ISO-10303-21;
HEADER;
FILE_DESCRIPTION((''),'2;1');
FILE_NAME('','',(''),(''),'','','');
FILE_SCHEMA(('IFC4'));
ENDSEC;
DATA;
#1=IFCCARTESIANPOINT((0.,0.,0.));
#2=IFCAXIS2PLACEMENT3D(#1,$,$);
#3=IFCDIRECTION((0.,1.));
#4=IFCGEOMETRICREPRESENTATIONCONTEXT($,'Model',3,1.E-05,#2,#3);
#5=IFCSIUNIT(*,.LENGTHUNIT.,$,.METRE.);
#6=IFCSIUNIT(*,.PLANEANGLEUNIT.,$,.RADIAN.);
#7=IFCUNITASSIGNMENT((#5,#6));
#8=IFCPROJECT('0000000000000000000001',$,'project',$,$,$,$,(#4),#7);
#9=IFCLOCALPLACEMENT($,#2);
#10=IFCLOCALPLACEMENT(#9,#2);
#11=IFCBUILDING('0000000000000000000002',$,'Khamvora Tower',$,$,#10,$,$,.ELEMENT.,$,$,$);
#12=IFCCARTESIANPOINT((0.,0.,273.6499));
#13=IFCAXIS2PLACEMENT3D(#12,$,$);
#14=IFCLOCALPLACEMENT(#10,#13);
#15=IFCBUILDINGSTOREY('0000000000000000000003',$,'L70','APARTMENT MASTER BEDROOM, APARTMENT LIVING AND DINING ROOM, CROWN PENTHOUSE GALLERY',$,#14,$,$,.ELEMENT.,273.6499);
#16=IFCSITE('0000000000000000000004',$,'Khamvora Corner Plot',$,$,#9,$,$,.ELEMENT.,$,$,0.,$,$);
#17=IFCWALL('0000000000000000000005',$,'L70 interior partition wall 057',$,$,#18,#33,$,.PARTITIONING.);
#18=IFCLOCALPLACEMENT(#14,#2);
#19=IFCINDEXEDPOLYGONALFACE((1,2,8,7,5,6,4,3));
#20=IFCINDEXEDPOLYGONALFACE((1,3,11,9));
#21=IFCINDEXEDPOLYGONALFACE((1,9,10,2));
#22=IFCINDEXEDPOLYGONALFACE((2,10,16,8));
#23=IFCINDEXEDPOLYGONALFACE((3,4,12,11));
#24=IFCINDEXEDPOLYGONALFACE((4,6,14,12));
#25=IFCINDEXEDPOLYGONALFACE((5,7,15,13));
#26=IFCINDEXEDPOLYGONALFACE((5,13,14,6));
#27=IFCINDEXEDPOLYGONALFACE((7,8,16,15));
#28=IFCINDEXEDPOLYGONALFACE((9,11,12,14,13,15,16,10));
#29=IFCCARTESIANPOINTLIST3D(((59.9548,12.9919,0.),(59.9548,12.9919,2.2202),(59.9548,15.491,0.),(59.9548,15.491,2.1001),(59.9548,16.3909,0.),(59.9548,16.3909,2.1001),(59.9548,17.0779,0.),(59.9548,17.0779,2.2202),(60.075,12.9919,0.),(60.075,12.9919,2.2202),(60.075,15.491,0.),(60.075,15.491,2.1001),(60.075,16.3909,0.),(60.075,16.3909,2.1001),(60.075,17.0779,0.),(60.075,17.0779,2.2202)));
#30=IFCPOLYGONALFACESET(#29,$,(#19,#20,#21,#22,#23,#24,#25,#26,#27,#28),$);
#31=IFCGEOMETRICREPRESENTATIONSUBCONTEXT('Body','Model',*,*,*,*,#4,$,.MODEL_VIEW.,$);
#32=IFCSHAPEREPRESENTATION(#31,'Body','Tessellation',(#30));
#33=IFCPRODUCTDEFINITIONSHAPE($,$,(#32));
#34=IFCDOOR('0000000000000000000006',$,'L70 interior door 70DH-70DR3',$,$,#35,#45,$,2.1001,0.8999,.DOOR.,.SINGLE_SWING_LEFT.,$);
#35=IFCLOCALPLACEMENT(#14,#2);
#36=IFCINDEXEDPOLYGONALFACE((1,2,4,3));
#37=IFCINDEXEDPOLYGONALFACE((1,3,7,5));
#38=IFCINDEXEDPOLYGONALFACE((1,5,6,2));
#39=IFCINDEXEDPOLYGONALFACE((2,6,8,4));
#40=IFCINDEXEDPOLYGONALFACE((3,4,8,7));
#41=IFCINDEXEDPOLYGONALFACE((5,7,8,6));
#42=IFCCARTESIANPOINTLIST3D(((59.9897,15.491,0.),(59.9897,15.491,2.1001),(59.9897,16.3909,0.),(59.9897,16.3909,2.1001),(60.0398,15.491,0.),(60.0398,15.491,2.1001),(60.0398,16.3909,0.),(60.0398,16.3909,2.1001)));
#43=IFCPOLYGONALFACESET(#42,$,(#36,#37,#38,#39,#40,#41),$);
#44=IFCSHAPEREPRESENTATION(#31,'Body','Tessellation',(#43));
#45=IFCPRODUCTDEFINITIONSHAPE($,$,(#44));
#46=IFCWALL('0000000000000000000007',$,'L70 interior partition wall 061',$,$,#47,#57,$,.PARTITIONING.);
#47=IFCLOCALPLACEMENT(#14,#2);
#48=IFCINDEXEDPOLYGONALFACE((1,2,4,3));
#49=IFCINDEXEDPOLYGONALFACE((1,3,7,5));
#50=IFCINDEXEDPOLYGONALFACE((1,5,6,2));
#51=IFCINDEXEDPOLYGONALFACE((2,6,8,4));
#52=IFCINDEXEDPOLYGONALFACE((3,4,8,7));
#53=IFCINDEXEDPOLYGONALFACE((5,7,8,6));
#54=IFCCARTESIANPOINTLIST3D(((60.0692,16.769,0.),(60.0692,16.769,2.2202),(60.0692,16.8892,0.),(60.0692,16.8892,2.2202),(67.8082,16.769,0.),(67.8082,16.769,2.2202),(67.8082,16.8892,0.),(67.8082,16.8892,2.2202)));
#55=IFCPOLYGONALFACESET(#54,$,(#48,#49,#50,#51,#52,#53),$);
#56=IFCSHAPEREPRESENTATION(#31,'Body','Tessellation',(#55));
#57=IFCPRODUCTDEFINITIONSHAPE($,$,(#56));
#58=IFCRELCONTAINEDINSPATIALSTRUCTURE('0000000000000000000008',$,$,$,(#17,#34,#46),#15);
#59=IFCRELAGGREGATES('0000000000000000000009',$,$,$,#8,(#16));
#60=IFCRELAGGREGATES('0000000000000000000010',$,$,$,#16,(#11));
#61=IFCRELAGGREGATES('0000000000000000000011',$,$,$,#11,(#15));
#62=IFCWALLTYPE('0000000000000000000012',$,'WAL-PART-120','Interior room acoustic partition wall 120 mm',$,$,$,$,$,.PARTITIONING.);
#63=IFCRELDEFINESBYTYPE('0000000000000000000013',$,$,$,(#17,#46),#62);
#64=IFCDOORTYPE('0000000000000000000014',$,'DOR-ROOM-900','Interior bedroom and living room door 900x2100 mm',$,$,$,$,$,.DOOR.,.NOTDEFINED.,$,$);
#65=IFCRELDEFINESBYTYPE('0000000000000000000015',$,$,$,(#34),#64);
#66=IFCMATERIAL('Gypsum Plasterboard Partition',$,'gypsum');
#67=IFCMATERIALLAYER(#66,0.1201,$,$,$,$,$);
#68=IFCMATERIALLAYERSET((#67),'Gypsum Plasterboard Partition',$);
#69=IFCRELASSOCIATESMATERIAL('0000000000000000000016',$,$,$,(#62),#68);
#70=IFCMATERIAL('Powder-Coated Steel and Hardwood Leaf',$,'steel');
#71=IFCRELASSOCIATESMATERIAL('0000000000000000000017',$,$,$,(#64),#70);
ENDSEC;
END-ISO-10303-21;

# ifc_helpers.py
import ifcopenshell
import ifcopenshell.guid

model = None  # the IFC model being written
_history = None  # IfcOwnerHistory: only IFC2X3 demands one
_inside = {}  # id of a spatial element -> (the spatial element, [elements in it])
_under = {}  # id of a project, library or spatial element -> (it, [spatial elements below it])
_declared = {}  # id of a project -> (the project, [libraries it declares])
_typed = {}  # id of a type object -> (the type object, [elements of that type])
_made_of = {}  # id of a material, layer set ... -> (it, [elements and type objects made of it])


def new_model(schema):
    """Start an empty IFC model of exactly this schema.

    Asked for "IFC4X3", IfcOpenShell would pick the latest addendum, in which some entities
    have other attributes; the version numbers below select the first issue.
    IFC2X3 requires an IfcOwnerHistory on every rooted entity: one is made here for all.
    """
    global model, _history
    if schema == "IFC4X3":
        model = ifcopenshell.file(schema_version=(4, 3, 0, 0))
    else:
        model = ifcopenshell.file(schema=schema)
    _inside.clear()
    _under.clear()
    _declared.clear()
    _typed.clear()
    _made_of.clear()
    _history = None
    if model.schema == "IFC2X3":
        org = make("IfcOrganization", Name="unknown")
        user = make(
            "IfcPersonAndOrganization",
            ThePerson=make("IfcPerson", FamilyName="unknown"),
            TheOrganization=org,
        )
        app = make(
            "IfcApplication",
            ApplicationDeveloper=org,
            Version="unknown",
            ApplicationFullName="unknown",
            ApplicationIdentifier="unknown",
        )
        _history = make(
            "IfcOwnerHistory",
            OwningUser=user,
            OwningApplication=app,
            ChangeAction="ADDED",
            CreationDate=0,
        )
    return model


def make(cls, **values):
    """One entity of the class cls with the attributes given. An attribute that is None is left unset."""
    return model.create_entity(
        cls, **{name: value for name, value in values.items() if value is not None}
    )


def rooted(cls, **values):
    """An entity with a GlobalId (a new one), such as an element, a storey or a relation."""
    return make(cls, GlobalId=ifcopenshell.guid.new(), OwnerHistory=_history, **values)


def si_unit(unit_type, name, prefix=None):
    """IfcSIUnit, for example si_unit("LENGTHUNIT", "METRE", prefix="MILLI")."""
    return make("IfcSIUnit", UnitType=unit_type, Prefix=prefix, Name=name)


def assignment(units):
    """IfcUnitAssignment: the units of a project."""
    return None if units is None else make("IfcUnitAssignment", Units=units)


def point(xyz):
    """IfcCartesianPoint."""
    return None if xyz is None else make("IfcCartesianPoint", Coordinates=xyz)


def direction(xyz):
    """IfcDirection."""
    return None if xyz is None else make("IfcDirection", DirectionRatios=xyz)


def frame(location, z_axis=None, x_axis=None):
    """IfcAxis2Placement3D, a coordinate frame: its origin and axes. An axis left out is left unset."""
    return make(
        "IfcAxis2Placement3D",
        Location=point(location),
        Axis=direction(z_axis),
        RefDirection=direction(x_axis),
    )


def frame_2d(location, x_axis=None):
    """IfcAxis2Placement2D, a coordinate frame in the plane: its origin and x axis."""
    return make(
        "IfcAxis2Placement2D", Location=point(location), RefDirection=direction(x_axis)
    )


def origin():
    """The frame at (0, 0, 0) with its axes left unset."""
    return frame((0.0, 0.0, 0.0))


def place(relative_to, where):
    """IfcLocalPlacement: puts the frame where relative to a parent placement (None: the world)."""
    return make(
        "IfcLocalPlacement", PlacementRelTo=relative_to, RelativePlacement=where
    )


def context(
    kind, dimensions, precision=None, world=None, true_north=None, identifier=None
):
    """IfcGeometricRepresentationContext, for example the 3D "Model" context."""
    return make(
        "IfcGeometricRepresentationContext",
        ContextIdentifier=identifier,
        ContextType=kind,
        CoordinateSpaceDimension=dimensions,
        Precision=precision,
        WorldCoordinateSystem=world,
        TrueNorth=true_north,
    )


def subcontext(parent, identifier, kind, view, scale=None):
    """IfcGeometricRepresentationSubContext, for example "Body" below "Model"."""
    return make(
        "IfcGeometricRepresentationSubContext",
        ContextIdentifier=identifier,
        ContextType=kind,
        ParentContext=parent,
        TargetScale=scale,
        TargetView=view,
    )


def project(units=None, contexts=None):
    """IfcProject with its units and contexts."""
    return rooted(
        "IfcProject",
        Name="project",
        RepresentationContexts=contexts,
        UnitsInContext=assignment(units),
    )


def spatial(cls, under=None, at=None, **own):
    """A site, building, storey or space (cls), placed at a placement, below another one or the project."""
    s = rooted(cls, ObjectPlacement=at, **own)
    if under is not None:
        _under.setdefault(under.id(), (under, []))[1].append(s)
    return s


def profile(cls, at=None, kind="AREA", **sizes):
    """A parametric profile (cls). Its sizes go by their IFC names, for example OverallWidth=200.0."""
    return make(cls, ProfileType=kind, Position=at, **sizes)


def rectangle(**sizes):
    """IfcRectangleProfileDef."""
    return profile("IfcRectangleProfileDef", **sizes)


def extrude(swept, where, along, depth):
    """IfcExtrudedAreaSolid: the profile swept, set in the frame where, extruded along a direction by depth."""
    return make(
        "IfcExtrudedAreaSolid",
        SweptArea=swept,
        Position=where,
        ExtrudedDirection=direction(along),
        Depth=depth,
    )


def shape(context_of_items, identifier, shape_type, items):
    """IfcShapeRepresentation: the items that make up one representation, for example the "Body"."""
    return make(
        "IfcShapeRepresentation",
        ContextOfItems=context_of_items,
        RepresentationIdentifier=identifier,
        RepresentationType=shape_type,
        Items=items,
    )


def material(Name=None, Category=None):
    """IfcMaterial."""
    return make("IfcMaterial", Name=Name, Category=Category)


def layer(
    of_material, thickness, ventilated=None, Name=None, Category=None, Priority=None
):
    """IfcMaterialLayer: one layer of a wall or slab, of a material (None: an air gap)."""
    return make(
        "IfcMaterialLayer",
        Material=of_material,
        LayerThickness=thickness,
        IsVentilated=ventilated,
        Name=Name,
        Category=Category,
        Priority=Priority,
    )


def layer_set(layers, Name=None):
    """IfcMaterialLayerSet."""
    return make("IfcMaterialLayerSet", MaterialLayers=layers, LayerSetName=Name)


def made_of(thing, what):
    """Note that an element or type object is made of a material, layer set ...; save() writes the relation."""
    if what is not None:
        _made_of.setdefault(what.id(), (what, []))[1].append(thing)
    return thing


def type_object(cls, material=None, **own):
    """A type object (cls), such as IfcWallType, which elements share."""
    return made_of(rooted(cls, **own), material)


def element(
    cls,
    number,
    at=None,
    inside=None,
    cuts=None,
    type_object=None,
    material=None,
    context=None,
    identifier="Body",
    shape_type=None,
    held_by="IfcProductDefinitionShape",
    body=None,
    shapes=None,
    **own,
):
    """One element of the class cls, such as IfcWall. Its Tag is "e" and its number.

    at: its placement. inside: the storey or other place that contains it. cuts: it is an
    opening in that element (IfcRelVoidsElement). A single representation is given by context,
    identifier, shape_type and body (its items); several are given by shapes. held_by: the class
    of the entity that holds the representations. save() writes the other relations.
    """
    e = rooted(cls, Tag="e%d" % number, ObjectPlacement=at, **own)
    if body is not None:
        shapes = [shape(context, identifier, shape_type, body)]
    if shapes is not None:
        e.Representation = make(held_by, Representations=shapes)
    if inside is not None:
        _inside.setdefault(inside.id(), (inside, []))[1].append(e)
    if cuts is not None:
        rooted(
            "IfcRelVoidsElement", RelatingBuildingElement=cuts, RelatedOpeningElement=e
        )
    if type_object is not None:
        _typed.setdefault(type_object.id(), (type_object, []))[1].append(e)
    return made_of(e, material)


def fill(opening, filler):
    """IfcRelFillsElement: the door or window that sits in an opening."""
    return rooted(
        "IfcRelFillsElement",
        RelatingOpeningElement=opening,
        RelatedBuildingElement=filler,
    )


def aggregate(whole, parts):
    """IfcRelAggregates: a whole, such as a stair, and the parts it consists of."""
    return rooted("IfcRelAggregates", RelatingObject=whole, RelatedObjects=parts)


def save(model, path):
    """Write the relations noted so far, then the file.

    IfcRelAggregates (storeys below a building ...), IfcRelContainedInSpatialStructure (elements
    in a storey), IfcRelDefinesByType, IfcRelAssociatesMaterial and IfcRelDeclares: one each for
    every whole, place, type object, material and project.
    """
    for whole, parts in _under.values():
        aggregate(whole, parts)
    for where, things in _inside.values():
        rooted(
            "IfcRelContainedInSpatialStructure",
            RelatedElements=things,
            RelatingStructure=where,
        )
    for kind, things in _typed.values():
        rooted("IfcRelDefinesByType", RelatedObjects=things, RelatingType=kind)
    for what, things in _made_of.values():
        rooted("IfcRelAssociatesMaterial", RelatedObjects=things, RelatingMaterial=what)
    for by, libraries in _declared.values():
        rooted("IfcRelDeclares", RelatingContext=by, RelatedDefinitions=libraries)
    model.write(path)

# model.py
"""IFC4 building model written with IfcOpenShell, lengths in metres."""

from ifc_helpers import new_model, si_unit, direction, frame, frame_2d, origin, place, context, subcontext, project, spatial, rectangle, extrude, material, layer, layer_set, type_object, element, fill, save


model = new_model("IFC4")

# Units and contexts
model_context = context("Model", 3, precision=1e-05, world=origin(), true_north=direction((0.0, 1.0)))
body_context = subcontext(model_context, "Body", "Model", "MODEL_VIEW")
ifc_project = project(units=[si_unit("LENGTHUNIT", "METRE"), si_unit("PLANEANGLEUNIT", "RADIAN")], contexts=[model_context])

# Site, building, storey
site_placement = place(None, origin())
site = spatial("IfcSite", under=ifc_project, at=site_placement, Name="Khamvora Corner Plot", CompositionType="ELEMENT", RefElevation=0.0)
building_placement = place(site_placement, origin())
building = spatial("IfcBuilding", under=site, at=building_placement, Name="Khamvora Tower", CompositionType="ELEMENT")
storey_placement = place(building_placement, frame((0.0, 0.0, 273.6499)))
storey = spatial("IfcBuildingStorey", under=building, at=storey_placement, Name="L70", Description="APARTMENT MASTER BEDROOM, APARTMENT LIVING AND DINING ROOM, CROWN PENTHOUSE GALLERY", CompositionType="ELEMENT", Elevation=273.6499)

# Shared definitions
ifc_material_1 = material(Name="Gypsum Plasterboard Partition", Category="gypsum")
ifc_layer_1 = layer(ifc_material_1, 0.1201)
ifc_layer_set_1 = layer_set([ifc_layer_1], Name="Gypsum Plasterboard Partition")
wall_type = type_object("IfcWallType", Name="WAL-PART-120", Description="Interior room acoustic partition wall 120 mm", PredefinedType="PARTITIONING", material=ifc_layer_set_1)
ifc_material_2 = material(Name="Powder-Coated Steel and Hardwood Leaf", Category="steel")
door_type = type_object("IfcDoorType", Name="DOR-ROOM-900", Description="Interior bedroom and living room door 900x2100 mm", OperationType="NOTDEFINED", PredefinedType="DOOR", material=ifc_material_2)

# Wall, opening, door
wall_1_placement = place(storey_placement, frame((60.0149, 17.0779, 0.0), z_axis=(0.0, 0.0, 1.0), x_axis=(0.0, -1.0, 0.0)))
wall_1 = element("IfcWall", 1, at=wall_1_placement, inside=storey, type_object=wall_type, Name="L70 interior partition wall 057", PredefinedType="PARTITIONING", context=body_context, shape_type="SweptSolid", body=[
    extrude(rectangle(XDim=4.0859, YDim=0.1201, at=frame_2d((2.043, 0.0))), origin(), (0.0, 0.0, 1.0), 2.2202),
])
opening_1_placement = place(wall_1_placement, frame((0.687, 0.0, 0.0)))
opening_1 = element("IfcOpeningElement", 2, at=opening_1_placement, cuts=wall_1, PredefinedType="OPENING", context=body_context, shape_type="SweptSolid", body=[
    extrude(rectangle(XDim=0.8999, YDim=2.1001, at=frame_2d((0.45, 1.05))), frame((0.0, 0.0701, 0.0), z_axis=(0.0, -1.0, 0.0), x_axis=(1.0, 0.0, 0.0)), (0.0, 0.0, 1.0), 0.1401),
])
door_1_placement = place(opening_1_placement, origin())
door_1 = element("IfcDoor", 3, at=door_1_placement, inside=storey, type_object=door_type, Name="L70 interior door 70DH-70DR3", OperationType="SINGLE_SWING_LEFT", OverallHeight=2.1001, OverallWidth=0.8999, PredefinedType="DOOR", context=body_context, shape_type="SweptSolid", body=[
    extrude(rectangle(XDim=0.8999, YDim=2.1001, at=frame_2d((0.45, 1.05))), frame((0.0, 0.0249, 0.0), z_axis=(0.0, -1.0, 0.0), x_axis=(1.0, 0.0, 0.0)), (0.0, 0.0, 1.0), 0.05),
])
fill(opening_1, door_1)

# Wall
wall_2_placement = place(storey_placement, frame((60.0691, 16.8291, 0.0), z_axis=(0.0, 0.0, 1.0), x_axis=(1.0, 0.0, 0.0)))
element("IfcWall", 4, at=wall_2_placement, inside=storey, type_object=wall_type, Name="L70 interior partition wall 061", PredefinedType="PARTITIONING", context=body_context, shape_type="SweptSolid", body=[
    extrude(rectangle(XDim=7.739, YDim=0.1201, at=frame_2d((3.8696, 0.0))), origin(), (0.0, 0.0, 1.0), 2.2202),
])

save(model, "model.ifc")
